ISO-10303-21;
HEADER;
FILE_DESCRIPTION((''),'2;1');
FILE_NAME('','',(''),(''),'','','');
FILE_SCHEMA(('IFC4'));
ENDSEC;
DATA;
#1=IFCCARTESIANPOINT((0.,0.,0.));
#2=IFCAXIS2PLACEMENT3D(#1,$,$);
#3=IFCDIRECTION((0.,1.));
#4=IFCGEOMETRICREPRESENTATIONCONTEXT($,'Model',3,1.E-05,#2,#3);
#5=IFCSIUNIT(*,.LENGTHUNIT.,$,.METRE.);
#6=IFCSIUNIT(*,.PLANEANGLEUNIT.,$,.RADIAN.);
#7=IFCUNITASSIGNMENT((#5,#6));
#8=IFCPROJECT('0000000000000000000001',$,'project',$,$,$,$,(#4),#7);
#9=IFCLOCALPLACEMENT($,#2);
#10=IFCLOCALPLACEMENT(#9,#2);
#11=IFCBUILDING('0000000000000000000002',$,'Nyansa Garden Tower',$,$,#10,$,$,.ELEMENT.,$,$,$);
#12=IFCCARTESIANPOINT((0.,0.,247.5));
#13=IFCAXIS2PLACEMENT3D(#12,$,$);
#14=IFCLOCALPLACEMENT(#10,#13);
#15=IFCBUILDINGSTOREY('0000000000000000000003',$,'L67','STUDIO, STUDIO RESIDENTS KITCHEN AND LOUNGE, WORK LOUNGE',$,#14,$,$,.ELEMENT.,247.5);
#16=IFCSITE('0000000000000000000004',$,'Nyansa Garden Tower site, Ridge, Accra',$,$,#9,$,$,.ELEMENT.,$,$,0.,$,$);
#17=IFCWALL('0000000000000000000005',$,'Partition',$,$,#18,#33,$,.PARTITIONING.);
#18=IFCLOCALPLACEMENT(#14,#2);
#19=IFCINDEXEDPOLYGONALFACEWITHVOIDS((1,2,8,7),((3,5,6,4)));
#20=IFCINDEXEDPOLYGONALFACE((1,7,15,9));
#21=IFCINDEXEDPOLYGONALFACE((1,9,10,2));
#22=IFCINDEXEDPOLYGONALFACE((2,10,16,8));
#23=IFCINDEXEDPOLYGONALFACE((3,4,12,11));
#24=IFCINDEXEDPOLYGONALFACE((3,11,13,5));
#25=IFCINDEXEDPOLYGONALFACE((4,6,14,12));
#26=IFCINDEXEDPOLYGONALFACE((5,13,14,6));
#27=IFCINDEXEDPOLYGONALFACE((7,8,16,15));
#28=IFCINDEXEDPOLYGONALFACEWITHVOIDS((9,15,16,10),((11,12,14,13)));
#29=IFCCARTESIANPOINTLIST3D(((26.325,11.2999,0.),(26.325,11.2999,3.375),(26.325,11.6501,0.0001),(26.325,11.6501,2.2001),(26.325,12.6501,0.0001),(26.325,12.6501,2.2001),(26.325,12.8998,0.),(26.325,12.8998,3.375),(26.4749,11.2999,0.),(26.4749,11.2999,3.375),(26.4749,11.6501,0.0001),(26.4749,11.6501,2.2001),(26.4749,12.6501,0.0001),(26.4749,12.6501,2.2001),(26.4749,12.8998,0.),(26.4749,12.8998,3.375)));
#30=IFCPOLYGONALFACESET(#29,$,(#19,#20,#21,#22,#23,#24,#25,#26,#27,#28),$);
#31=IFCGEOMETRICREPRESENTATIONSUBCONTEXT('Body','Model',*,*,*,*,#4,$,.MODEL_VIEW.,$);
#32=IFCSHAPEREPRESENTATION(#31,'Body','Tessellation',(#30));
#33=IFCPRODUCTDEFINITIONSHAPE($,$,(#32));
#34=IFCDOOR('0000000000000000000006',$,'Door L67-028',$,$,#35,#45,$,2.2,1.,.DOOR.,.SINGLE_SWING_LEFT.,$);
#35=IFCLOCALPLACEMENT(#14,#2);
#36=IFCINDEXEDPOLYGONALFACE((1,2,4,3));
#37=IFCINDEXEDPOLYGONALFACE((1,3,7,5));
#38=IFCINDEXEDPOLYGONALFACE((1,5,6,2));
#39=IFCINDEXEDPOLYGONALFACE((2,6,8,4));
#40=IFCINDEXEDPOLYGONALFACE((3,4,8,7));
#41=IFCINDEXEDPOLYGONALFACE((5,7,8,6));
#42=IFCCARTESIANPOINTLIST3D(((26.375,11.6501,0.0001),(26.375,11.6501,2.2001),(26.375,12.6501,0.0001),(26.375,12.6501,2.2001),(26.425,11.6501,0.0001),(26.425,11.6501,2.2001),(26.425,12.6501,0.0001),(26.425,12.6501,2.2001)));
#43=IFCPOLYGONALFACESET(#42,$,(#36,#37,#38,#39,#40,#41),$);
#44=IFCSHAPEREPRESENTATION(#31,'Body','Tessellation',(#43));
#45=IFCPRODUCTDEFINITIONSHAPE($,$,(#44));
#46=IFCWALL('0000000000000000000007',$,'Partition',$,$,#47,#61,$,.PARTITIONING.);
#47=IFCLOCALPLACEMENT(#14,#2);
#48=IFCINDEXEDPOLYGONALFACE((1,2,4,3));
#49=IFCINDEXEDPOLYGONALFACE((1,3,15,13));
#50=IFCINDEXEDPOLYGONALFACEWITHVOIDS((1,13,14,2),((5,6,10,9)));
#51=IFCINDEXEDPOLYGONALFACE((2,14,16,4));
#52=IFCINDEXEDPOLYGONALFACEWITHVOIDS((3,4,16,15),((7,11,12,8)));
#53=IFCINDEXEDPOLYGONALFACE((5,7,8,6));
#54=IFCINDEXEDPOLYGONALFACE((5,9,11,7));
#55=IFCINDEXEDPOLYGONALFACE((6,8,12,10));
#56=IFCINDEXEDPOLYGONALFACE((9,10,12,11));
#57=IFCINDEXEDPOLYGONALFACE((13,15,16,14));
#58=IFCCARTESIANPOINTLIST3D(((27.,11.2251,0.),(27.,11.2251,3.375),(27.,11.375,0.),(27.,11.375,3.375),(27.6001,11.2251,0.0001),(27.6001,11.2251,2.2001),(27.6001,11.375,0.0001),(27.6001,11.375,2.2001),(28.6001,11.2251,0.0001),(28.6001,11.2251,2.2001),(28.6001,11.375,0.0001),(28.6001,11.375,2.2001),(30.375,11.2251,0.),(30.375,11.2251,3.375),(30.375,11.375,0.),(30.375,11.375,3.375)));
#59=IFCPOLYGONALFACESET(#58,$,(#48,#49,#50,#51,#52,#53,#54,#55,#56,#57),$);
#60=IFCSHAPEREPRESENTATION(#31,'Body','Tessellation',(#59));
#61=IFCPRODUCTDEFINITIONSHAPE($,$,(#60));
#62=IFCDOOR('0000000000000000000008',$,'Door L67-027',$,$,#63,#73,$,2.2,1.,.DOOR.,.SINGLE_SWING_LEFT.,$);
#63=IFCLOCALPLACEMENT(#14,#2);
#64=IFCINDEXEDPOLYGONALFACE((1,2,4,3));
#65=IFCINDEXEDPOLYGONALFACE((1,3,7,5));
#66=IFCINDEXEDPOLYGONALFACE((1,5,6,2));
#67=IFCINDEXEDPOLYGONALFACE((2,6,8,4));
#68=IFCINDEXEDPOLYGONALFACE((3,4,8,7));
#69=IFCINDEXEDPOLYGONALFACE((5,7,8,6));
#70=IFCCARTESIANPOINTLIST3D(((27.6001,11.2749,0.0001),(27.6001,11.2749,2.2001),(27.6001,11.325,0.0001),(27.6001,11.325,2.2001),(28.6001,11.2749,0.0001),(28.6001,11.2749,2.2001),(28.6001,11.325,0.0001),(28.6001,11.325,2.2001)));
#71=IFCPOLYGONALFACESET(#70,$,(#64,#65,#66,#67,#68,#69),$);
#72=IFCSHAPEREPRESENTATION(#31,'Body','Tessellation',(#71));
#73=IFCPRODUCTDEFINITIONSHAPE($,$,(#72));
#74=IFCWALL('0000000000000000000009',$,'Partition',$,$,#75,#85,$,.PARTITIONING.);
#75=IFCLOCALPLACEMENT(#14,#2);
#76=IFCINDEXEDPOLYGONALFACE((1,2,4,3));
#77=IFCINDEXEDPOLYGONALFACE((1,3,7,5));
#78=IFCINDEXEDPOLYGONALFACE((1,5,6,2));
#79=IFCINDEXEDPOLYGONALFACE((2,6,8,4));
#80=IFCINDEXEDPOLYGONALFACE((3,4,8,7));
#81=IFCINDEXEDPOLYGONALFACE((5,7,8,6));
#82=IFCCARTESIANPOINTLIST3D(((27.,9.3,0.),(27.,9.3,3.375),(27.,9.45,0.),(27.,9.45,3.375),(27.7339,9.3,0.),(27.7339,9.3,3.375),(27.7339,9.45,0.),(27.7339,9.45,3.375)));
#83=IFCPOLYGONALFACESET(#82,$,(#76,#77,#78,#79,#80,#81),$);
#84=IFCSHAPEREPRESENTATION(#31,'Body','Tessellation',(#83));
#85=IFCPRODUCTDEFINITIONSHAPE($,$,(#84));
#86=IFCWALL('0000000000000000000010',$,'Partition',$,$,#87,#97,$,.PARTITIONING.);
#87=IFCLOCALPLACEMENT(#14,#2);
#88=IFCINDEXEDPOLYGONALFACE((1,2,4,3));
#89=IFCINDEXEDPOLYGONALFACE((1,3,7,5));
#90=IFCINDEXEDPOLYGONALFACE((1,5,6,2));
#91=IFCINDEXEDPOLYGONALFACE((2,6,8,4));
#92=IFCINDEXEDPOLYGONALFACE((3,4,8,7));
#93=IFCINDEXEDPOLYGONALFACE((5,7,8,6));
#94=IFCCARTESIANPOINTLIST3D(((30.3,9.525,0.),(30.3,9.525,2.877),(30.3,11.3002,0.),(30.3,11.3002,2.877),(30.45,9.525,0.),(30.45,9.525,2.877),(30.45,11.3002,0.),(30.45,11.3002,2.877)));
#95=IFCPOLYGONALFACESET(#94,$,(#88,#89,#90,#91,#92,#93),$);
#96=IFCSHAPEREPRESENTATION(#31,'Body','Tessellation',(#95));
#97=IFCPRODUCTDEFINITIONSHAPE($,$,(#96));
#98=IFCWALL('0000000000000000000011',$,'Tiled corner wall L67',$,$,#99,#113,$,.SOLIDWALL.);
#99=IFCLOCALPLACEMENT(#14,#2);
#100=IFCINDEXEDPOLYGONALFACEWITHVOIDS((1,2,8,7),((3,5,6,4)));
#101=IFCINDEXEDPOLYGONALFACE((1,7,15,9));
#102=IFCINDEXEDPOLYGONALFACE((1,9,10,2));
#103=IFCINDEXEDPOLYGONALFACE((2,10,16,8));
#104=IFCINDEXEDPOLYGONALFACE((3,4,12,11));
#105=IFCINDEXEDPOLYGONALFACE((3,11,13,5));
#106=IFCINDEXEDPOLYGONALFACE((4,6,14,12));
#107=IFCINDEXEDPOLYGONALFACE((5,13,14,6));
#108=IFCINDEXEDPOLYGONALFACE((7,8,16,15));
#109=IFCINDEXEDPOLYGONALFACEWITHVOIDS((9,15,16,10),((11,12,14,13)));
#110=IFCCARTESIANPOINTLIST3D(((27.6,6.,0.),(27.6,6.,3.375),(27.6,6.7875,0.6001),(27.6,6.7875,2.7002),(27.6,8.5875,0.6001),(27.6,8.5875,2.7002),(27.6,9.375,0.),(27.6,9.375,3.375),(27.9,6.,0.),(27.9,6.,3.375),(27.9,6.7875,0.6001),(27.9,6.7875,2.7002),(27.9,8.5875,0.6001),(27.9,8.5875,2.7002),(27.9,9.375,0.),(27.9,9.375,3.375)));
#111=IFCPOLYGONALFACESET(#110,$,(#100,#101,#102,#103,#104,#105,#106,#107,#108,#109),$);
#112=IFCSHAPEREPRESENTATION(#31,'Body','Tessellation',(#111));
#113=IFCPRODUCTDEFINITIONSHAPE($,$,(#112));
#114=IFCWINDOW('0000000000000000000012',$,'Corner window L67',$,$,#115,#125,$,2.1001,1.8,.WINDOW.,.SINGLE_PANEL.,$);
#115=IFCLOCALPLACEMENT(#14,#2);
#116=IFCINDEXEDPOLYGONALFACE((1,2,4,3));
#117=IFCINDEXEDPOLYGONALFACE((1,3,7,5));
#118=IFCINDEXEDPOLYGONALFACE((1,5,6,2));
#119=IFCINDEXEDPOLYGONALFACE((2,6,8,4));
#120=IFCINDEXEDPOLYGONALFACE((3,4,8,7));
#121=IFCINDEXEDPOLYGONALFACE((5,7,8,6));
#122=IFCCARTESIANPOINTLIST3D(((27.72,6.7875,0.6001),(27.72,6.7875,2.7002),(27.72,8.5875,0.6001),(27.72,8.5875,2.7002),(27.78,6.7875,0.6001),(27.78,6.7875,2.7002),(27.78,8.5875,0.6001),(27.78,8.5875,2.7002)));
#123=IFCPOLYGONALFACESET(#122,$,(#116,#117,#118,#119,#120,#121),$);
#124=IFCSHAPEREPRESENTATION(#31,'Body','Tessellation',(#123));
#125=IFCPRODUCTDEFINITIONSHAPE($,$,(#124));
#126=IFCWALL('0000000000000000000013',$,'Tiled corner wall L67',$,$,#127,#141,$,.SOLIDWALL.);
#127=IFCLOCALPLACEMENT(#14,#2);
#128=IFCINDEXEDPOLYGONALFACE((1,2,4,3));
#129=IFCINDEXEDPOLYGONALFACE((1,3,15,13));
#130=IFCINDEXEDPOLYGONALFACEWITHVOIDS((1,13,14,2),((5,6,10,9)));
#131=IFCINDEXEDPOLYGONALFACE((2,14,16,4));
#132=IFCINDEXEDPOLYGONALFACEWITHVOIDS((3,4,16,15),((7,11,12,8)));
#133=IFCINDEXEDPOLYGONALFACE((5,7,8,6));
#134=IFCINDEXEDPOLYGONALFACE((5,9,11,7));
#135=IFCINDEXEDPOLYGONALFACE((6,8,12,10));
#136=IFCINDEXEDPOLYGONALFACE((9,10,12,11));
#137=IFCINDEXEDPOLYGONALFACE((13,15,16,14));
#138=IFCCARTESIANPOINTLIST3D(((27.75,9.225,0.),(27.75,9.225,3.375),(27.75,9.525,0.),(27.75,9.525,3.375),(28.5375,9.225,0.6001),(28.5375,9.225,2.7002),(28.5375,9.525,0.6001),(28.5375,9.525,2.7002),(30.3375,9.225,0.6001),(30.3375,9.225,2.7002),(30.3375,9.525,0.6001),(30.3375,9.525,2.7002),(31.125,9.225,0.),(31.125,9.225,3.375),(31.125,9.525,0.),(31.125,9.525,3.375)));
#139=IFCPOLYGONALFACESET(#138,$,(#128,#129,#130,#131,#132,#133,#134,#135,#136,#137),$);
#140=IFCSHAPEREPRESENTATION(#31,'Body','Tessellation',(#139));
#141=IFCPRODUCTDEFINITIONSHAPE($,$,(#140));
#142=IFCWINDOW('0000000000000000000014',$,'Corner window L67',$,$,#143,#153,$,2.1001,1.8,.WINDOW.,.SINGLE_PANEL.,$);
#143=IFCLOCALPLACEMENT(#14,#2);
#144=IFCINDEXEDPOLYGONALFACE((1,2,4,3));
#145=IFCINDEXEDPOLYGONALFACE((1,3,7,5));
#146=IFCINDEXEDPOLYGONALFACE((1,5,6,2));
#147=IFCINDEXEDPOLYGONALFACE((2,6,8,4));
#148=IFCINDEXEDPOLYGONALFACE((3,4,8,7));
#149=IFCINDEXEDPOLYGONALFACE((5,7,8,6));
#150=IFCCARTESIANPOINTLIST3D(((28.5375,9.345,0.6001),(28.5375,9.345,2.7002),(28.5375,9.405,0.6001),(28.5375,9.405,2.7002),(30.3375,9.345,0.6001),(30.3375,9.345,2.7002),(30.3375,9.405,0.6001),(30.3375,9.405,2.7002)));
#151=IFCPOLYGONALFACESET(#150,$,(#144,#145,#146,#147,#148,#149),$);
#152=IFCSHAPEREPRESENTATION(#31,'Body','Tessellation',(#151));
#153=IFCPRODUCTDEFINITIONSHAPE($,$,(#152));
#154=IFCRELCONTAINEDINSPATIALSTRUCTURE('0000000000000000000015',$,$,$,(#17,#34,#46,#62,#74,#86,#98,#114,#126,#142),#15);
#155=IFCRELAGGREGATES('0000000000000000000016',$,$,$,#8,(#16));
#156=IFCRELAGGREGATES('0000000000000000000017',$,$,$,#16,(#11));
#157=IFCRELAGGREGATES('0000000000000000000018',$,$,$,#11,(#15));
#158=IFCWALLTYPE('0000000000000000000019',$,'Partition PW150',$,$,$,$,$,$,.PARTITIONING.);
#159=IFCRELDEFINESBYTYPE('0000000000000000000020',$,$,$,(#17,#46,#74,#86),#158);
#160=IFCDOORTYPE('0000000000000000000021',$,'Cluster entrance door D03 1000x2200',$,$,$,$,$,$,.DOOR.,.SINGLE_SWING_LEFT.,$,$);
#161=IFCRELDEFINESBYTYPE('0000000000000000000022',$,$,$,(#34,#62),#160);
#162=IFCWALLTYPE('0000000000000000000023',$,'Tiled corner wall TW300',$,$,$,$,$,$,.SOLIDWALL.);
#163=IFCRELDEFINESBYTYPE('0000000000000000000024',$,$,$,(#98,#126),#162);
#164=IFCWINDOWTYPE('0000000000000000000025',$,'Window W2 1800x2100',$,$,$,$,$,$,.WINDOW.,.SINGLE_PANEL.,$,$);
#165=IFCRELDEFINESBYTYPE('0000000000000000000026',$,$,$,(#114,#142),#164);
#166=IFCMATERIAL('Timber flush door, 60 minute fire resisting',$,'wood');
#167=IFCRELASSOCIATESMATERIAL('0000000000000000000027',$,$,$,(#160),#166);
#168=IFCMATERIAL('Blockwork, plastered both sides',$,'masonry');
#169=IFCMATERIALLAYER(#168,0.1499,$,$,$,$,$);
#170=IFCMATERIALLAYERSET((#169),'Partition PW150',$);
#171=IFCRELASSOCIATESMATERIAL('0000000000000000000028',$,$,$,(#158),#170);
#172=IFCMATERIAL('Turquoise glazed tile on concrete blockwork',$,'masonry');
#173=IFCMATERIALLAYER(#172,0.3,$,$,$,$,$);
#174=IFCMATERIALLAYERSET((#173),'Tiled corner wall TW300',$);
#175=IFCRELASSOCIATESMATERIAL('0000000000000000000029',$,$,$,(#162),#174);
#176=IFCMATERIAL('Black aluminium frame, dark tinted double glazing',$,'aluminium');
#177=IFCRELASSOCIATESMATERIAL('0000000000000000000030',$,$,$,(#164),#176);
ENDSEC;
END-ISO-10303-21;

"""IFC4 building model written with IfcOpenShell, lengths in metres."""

from ifc_helpers import new_model, si_unit, direction, frame, frame_2d, origin, place, context, subcontext, project, spatial, rectangle, extrude, material, layer, layer_set, type_object, element, fill, save


model = new_model("IFC4")

# Units and contexts
model_context = context("Model", 3, precision=1e-05, world=origin(), true_north=direction((0.0, 1.0)))
body_context = subcontext(model_context, "Body", "Model", "MODEL_VIEW")
ifc_project = project(units=[si_unit("LENGTHUNIT", "METRE"), si_unit("PLANEANGLEUNIT", "RADIAN")], contexts=[model_context])

# Site, building, storey
site_placement = place(None, origin())
site = spatial("IfcSite", under=ifc_project, at=site_placement, Name="Nyansa Garden Tower site, Ridge, Accra", CompositionType="ELEMENT", RefElevation=0.0)
building_placement = place(site_placement, origin())
building = spatial("IfcBuilding", under=site, at=building_placement, Name="Nyansa Garden Tower", CompositionType="ELEMENT")
storey_placement = place(building_placement, frame((0.0, 0.0, 247.5)))
storey = spatial("IfcBuildingStorey", under=building, at=storey_placement, Name="L67", Description="STUDIO, STUDIO RESIDENTS KITCHEN AND LOUNGE, WORK LOUNGE", CompositionType="ELEMENT", Elevation=247.5)

# Shared definitions
ifc_material_1 = material(Name="Timber flush door, 60 minute fire resisting", Category="wood")
door_type_1 = type_object("IfcDoorType", Name="Cluster entrance door D03 1000x2200", OperationType="SINGLE_SWING_LEFT", PredefinedType="DOOR", material=ifc_material_1)

# Walls, openings, doors
ifc_material_2 = material(Name="Blockwork, plastered both sides", Category="masonry")
ifc_layer_1 = layer(ifc_material_2, 0.1499)
ifc_layer_set_1 = layer_set([ifc_layer_1], Name="Partition PW150")
wall_type_1 = type_object("IfcWallType", Name="Partition PW150", PredefinedType="PARTITIONING", material=ifc_layer_set_1)
wall_1_placement = place(storey_placement, frame((26.3999, 11.3, 0.0), z_axis=(0.0, 0.0, 1.0), x_axis=(0.0, 1.0, 0.0)))
wall_1 = element("IfcWall", 1, at=wall_1_placement, inside=storey, type_object=wall_type_1, Name="Partition", PredefinedType="PARTITIONING", context=body_context, shape_type="SweptSolid", body=[
    extrude(rectangle(XDim=1.5999, YDim=0.1499, at=frame_2d((0.7998, 0.0))), origin(), (0.0, 0.0, 1.0), 3.375),
])
opening_1_placement = place(wall_1_placement, frame((0.3501, 0.0, 0.0)))
opening_1 = element("IfcOpeningElement", 2, at=opening_1_placement, cuts=wall_1, PredefinedType="OPENING", context=body_context, shape_type="SweptSolid", body=[
    extrude(rectangle(XDim=1.0, YDim=2.2, at=frame_2d((0.5, 1.1001))), frame((0.0, 0.085, 0.0), z_axis=(0.0, -1.0, 0.0), x_axis=(1.0, 0.0, 0.0)), (0.0, 0.0, 1.0), 0.1699),
])
door_1_placement = place(opening_1_placement, origin())
door_1 = element("IfcDoor", 3, at=door_1_placement, inside=storey, type_object=door_type_1, Name="Door L67-028", OperationType="SINGLE_SWING_LEFT", OverallHeight=2.2, OverallWidth=1.0, PredefinedType="DOOR", context=body_context, shape_type="SweptSolid", body=[
    extrude(rectangle(XDim=1.0, YDim=2.2, at=frame_2d((0.5, 1.1001))), frame((0.0, 0.0249, 0.0), z_axis=(0.0, -1.0, 0.0), x_axis=(1.0, 0.0, 0.0)), (0.0, 0.0, 1.0), 0.05),
])
fill(opening_1, door_1)
wall_2_placement = place(storey_placement, frame((27.0, 11.3, 0.0), z_axis=(0.0, 0.0, 1.0), x_axis=(1.0, 0.0, 0.0)))
wall_2 = element("IfcWall", 4, at=wall_2_placement, inside=storey, type_object=wall_type_1, Name="Partition", PredefinedType="PARTITIONING", context=body_context, shape_type="SweptSolid", body=[
    extrude(rectangle(XDim=3.375, YDim=0.1499, at=frame_2d((1.6875, 0.0))), origin(), (0.0, 0.0, 1.0), 3.375),
])
opening_2_placement = place(wall_2_placement, frame((0.6001, 0.0, 0.0)))
opening_2 = element("IfcOpeningElement", 5, at=opening_2_placement, cuts=wall_2, PredefinedType="OPENING", context=body_context, shape_type="SweptSolid", body=[
    extrude(rectangle(XDim=1.0, YDim=2.2, at=frame_2d((0.5, 1.1001))), frame((0.0, 0.085, 0.0), z_axis=(0.0, -1.0, 0.0), x_axis=(1.0, 0.0, 0.0)), (0.0, 0.0, 1.0), 0.1699),
])
door_2_placement = place(opening_2_placement, origin())
door_2 = element("IfcDoor", 6, at=door_2_placement, inside=storey, type_object=door_type_1, Name="Door L67-027", OperationType="SINGLE_SWING_LEFT", OverallHeight=2.2, OverallWidth=1.0, PredefinedType="DOOR", context=body_context, shape_type="SweptSolid", body=[
    extrude(rectangle(XDim=1.0, YDim=2.2, at=frame_2d((0.5, 1.1001))), frame((0.0, 0.0249, 0.0), z_axis=(0.0, -1.0, 0.0), x_axis=(1.0, 0.0, 0.0)), (0.0, 0.0, 1.0), 0.05),
])
fill(opening_2, door_2)

# Walls
wall_3_placement = place(storey_placement, frame((27.0, 9.375, 0.0), z_axis=(0.0, 0.0, 1.0), x_axis=(1.0, 0.0, 0.0)))
element("IfcWall", 7, at=wall_3_placement, inside=storey, type_object=wall_type_1, Name="Partition", PredefinedType="PARTITIONING", context=body_context, shape_type="SweptSolid", body=[
    extrude(rectangle(XDim=0.7339, YDim=0.1499, at=frame_2d((0.3669, 0.0))), origin(), (0.0, 0.0, 1.0), 3.375),
])
wall_4_placement = place(storey_placement, frame((30.375, 9.5249, 0.0), z_axis=(0.0, 0.0, 1.0), x_axis=(0.0, 1.0, 0.0)))
element("IfcWall", 8, at=wall_4_placement, inside=storey, type_object=wall_type_1, Name="Partition", PredefinedType="PARTITIONING", context=body_context, shape_type="SweptSolid", body=[
    extrude(rectangle(XDim=1.7751, YDim=0.1499, at=frame_2d((0.8877, 0.0))), origin(), (0.0, 0.0, 1.0), 2.877),
])

# Walls, openings, windows
ifc_material_3 = material(Name="Turquoise glazed tile on concrete blockwork", Category="masonry")
ifc_layer_2 = layer(ifc_material_3, 0.3)
ifc_layer_set_2 = layer_set([ifc_layer_2], Name="Tiled corner wall TW300")
wall_type_2 = type_object("IfcWallType", Name="Tiled corner wall TW300", PredefinedType="SOLIDWALL", material=ifc_layer_set_2)
wall_5_placement = place(storey_placement, frame((27.75, 6.0, 0.0), z_axis=(0.0, 0.0, 1.0), x_axis=(0.0, 1.0, 0.0)))
wall_5 = element("IfcWall", 9, at=wall_5_placement, inside=storey, type_object=wall_type_2, Name="Tiled corner wall L67", PredefinedType="SOLIDWALL", context=body_context, shape_type="SweptSolid", body=[
    extrude(rectangle(XDim=3.375, YDim=0.3, at=frame_2d((1.6875, 0.0))), origin(), (0.0, 0.0, 1.0), 3.375),
])
opening_3_placement = place(wall_5_placement, frame((0.7876, 0.0, 0.6001)))
opening_3 = element("IfcOpeningElement", 10, at=opening_3_placement, cuts=wall_5, PredefinedType="OPENING", context=body_context, shape_type="SweptSolid", body=[
    extrude(rectangle(XDim=1.8, YDim=2.1001, at=frame_2d((0.8999, 1.05))), frame((0.0, 0.1599, 0.0), z_axis=(0.0, -1.0, 0.0), x_axis=(1.0, 0.0, 0.0)), (0.0, 0.0, 1.0), 0.3201),
])
ifc_material_4 = material(Name="Black aluminium frame, dark tinted double glazing", Category="aluminium")
window_type = type_object("IfcWindowType", Name="Window W2 1800x2100", PartitioningType="SINGLE_PANEL", PredefinedType="WINDOW", material=ifc_material_4)
window_1_placement = place(opening_3_placement, origin())
window_1 = element("IfcWindow", 11, at=window_1_placement, inside=storey, type_object=window_type, Name="Corner window L67", OverallHeight=2.1001, OverallWidth=1.8, PartitioningType="SINGLE_PANEL", PredefinedType="WINDOW", context=body_context, shape_type="SweptSolid", body=[
    extrude(rectangle(XDim=1.8, YDim=2.1001, at=frame_2d((0.8999, 1.05))), frame((0.0, 0.03, 0.0), z_axis=(0.0, -1.0, 0.0), x_axis=(1.0, 0.0, 0.0)), (0.0, 0.0, 1.0), 0.0601),
])
fill(opening_3, window_1)
wall_6_placement = place(storey_placement, frame((27.75, 9.375, 0.0), z_axis=(0.0, 0.0, 1.0), x_axis=(1.0, 0.0, 0.0)))
wall_6 = element("IfcWall", 12, at=wall_6_placement, inside=storey, type_object=wall_type_2, Name="Tiled corner wall L67", PredefinedType="SOLIDWALL", context=body_context, shape_type="SweptSolid", body=[
    extrude(rectangle(XDim=3.375, YDim=0.3, at=frame_2d((1.6875, 0.0))), origin(), (0.0, 0.0, 1.0), 3.375),
])
opening_4_placement = place(wall_6_placement, frame((0.7876, 0.0, 0.6001)))
opening_4 = element("IfcOpeningElement", 13, at=opening_4_placement, cuts=wall_6, PredefinedType="OPENING", context=body_context, shape_type="SweptSolid", body=[
    extrude(rectangle(XDim=1.8, YDim=2.1001, at=frame_2d((0.8999, 1.05))), frame((0.0, 0.1599, 0.0), z_axis=(0.0, -1.0, 0.0), x_axis=(1.0, 0.0, 0.0)), (0.0, 0.0, 1.0), 0.3201),
])
window_2_placement = place(opening_4_placement, origin())
window_2 = element("IfcWindow", 14, at=window_2_placement, inside=storey, type_object=window_type, Name="Corner window L67", OverallHeight=2.1001, OverallWidth=1.8, PartitioningType="SINGLE_PANEL", PredefinedType="WINDOW", context=body_context, shape_type="SweptSolid", body=[
    extrude(rectangle(XDim=1.8, YDim=2.1001, at=frame_2d((0.8999, 1.05))), frame((0.0, 0.03, 0.0), z_axis=(0.0, -1.0, 0.0), x_axis=(1.0, 0.0, 0.0)), (0.0, 0.0, 1.0), 0.0601),
])
fill(opening_4, window_2)

save(model, "model.ifc")
